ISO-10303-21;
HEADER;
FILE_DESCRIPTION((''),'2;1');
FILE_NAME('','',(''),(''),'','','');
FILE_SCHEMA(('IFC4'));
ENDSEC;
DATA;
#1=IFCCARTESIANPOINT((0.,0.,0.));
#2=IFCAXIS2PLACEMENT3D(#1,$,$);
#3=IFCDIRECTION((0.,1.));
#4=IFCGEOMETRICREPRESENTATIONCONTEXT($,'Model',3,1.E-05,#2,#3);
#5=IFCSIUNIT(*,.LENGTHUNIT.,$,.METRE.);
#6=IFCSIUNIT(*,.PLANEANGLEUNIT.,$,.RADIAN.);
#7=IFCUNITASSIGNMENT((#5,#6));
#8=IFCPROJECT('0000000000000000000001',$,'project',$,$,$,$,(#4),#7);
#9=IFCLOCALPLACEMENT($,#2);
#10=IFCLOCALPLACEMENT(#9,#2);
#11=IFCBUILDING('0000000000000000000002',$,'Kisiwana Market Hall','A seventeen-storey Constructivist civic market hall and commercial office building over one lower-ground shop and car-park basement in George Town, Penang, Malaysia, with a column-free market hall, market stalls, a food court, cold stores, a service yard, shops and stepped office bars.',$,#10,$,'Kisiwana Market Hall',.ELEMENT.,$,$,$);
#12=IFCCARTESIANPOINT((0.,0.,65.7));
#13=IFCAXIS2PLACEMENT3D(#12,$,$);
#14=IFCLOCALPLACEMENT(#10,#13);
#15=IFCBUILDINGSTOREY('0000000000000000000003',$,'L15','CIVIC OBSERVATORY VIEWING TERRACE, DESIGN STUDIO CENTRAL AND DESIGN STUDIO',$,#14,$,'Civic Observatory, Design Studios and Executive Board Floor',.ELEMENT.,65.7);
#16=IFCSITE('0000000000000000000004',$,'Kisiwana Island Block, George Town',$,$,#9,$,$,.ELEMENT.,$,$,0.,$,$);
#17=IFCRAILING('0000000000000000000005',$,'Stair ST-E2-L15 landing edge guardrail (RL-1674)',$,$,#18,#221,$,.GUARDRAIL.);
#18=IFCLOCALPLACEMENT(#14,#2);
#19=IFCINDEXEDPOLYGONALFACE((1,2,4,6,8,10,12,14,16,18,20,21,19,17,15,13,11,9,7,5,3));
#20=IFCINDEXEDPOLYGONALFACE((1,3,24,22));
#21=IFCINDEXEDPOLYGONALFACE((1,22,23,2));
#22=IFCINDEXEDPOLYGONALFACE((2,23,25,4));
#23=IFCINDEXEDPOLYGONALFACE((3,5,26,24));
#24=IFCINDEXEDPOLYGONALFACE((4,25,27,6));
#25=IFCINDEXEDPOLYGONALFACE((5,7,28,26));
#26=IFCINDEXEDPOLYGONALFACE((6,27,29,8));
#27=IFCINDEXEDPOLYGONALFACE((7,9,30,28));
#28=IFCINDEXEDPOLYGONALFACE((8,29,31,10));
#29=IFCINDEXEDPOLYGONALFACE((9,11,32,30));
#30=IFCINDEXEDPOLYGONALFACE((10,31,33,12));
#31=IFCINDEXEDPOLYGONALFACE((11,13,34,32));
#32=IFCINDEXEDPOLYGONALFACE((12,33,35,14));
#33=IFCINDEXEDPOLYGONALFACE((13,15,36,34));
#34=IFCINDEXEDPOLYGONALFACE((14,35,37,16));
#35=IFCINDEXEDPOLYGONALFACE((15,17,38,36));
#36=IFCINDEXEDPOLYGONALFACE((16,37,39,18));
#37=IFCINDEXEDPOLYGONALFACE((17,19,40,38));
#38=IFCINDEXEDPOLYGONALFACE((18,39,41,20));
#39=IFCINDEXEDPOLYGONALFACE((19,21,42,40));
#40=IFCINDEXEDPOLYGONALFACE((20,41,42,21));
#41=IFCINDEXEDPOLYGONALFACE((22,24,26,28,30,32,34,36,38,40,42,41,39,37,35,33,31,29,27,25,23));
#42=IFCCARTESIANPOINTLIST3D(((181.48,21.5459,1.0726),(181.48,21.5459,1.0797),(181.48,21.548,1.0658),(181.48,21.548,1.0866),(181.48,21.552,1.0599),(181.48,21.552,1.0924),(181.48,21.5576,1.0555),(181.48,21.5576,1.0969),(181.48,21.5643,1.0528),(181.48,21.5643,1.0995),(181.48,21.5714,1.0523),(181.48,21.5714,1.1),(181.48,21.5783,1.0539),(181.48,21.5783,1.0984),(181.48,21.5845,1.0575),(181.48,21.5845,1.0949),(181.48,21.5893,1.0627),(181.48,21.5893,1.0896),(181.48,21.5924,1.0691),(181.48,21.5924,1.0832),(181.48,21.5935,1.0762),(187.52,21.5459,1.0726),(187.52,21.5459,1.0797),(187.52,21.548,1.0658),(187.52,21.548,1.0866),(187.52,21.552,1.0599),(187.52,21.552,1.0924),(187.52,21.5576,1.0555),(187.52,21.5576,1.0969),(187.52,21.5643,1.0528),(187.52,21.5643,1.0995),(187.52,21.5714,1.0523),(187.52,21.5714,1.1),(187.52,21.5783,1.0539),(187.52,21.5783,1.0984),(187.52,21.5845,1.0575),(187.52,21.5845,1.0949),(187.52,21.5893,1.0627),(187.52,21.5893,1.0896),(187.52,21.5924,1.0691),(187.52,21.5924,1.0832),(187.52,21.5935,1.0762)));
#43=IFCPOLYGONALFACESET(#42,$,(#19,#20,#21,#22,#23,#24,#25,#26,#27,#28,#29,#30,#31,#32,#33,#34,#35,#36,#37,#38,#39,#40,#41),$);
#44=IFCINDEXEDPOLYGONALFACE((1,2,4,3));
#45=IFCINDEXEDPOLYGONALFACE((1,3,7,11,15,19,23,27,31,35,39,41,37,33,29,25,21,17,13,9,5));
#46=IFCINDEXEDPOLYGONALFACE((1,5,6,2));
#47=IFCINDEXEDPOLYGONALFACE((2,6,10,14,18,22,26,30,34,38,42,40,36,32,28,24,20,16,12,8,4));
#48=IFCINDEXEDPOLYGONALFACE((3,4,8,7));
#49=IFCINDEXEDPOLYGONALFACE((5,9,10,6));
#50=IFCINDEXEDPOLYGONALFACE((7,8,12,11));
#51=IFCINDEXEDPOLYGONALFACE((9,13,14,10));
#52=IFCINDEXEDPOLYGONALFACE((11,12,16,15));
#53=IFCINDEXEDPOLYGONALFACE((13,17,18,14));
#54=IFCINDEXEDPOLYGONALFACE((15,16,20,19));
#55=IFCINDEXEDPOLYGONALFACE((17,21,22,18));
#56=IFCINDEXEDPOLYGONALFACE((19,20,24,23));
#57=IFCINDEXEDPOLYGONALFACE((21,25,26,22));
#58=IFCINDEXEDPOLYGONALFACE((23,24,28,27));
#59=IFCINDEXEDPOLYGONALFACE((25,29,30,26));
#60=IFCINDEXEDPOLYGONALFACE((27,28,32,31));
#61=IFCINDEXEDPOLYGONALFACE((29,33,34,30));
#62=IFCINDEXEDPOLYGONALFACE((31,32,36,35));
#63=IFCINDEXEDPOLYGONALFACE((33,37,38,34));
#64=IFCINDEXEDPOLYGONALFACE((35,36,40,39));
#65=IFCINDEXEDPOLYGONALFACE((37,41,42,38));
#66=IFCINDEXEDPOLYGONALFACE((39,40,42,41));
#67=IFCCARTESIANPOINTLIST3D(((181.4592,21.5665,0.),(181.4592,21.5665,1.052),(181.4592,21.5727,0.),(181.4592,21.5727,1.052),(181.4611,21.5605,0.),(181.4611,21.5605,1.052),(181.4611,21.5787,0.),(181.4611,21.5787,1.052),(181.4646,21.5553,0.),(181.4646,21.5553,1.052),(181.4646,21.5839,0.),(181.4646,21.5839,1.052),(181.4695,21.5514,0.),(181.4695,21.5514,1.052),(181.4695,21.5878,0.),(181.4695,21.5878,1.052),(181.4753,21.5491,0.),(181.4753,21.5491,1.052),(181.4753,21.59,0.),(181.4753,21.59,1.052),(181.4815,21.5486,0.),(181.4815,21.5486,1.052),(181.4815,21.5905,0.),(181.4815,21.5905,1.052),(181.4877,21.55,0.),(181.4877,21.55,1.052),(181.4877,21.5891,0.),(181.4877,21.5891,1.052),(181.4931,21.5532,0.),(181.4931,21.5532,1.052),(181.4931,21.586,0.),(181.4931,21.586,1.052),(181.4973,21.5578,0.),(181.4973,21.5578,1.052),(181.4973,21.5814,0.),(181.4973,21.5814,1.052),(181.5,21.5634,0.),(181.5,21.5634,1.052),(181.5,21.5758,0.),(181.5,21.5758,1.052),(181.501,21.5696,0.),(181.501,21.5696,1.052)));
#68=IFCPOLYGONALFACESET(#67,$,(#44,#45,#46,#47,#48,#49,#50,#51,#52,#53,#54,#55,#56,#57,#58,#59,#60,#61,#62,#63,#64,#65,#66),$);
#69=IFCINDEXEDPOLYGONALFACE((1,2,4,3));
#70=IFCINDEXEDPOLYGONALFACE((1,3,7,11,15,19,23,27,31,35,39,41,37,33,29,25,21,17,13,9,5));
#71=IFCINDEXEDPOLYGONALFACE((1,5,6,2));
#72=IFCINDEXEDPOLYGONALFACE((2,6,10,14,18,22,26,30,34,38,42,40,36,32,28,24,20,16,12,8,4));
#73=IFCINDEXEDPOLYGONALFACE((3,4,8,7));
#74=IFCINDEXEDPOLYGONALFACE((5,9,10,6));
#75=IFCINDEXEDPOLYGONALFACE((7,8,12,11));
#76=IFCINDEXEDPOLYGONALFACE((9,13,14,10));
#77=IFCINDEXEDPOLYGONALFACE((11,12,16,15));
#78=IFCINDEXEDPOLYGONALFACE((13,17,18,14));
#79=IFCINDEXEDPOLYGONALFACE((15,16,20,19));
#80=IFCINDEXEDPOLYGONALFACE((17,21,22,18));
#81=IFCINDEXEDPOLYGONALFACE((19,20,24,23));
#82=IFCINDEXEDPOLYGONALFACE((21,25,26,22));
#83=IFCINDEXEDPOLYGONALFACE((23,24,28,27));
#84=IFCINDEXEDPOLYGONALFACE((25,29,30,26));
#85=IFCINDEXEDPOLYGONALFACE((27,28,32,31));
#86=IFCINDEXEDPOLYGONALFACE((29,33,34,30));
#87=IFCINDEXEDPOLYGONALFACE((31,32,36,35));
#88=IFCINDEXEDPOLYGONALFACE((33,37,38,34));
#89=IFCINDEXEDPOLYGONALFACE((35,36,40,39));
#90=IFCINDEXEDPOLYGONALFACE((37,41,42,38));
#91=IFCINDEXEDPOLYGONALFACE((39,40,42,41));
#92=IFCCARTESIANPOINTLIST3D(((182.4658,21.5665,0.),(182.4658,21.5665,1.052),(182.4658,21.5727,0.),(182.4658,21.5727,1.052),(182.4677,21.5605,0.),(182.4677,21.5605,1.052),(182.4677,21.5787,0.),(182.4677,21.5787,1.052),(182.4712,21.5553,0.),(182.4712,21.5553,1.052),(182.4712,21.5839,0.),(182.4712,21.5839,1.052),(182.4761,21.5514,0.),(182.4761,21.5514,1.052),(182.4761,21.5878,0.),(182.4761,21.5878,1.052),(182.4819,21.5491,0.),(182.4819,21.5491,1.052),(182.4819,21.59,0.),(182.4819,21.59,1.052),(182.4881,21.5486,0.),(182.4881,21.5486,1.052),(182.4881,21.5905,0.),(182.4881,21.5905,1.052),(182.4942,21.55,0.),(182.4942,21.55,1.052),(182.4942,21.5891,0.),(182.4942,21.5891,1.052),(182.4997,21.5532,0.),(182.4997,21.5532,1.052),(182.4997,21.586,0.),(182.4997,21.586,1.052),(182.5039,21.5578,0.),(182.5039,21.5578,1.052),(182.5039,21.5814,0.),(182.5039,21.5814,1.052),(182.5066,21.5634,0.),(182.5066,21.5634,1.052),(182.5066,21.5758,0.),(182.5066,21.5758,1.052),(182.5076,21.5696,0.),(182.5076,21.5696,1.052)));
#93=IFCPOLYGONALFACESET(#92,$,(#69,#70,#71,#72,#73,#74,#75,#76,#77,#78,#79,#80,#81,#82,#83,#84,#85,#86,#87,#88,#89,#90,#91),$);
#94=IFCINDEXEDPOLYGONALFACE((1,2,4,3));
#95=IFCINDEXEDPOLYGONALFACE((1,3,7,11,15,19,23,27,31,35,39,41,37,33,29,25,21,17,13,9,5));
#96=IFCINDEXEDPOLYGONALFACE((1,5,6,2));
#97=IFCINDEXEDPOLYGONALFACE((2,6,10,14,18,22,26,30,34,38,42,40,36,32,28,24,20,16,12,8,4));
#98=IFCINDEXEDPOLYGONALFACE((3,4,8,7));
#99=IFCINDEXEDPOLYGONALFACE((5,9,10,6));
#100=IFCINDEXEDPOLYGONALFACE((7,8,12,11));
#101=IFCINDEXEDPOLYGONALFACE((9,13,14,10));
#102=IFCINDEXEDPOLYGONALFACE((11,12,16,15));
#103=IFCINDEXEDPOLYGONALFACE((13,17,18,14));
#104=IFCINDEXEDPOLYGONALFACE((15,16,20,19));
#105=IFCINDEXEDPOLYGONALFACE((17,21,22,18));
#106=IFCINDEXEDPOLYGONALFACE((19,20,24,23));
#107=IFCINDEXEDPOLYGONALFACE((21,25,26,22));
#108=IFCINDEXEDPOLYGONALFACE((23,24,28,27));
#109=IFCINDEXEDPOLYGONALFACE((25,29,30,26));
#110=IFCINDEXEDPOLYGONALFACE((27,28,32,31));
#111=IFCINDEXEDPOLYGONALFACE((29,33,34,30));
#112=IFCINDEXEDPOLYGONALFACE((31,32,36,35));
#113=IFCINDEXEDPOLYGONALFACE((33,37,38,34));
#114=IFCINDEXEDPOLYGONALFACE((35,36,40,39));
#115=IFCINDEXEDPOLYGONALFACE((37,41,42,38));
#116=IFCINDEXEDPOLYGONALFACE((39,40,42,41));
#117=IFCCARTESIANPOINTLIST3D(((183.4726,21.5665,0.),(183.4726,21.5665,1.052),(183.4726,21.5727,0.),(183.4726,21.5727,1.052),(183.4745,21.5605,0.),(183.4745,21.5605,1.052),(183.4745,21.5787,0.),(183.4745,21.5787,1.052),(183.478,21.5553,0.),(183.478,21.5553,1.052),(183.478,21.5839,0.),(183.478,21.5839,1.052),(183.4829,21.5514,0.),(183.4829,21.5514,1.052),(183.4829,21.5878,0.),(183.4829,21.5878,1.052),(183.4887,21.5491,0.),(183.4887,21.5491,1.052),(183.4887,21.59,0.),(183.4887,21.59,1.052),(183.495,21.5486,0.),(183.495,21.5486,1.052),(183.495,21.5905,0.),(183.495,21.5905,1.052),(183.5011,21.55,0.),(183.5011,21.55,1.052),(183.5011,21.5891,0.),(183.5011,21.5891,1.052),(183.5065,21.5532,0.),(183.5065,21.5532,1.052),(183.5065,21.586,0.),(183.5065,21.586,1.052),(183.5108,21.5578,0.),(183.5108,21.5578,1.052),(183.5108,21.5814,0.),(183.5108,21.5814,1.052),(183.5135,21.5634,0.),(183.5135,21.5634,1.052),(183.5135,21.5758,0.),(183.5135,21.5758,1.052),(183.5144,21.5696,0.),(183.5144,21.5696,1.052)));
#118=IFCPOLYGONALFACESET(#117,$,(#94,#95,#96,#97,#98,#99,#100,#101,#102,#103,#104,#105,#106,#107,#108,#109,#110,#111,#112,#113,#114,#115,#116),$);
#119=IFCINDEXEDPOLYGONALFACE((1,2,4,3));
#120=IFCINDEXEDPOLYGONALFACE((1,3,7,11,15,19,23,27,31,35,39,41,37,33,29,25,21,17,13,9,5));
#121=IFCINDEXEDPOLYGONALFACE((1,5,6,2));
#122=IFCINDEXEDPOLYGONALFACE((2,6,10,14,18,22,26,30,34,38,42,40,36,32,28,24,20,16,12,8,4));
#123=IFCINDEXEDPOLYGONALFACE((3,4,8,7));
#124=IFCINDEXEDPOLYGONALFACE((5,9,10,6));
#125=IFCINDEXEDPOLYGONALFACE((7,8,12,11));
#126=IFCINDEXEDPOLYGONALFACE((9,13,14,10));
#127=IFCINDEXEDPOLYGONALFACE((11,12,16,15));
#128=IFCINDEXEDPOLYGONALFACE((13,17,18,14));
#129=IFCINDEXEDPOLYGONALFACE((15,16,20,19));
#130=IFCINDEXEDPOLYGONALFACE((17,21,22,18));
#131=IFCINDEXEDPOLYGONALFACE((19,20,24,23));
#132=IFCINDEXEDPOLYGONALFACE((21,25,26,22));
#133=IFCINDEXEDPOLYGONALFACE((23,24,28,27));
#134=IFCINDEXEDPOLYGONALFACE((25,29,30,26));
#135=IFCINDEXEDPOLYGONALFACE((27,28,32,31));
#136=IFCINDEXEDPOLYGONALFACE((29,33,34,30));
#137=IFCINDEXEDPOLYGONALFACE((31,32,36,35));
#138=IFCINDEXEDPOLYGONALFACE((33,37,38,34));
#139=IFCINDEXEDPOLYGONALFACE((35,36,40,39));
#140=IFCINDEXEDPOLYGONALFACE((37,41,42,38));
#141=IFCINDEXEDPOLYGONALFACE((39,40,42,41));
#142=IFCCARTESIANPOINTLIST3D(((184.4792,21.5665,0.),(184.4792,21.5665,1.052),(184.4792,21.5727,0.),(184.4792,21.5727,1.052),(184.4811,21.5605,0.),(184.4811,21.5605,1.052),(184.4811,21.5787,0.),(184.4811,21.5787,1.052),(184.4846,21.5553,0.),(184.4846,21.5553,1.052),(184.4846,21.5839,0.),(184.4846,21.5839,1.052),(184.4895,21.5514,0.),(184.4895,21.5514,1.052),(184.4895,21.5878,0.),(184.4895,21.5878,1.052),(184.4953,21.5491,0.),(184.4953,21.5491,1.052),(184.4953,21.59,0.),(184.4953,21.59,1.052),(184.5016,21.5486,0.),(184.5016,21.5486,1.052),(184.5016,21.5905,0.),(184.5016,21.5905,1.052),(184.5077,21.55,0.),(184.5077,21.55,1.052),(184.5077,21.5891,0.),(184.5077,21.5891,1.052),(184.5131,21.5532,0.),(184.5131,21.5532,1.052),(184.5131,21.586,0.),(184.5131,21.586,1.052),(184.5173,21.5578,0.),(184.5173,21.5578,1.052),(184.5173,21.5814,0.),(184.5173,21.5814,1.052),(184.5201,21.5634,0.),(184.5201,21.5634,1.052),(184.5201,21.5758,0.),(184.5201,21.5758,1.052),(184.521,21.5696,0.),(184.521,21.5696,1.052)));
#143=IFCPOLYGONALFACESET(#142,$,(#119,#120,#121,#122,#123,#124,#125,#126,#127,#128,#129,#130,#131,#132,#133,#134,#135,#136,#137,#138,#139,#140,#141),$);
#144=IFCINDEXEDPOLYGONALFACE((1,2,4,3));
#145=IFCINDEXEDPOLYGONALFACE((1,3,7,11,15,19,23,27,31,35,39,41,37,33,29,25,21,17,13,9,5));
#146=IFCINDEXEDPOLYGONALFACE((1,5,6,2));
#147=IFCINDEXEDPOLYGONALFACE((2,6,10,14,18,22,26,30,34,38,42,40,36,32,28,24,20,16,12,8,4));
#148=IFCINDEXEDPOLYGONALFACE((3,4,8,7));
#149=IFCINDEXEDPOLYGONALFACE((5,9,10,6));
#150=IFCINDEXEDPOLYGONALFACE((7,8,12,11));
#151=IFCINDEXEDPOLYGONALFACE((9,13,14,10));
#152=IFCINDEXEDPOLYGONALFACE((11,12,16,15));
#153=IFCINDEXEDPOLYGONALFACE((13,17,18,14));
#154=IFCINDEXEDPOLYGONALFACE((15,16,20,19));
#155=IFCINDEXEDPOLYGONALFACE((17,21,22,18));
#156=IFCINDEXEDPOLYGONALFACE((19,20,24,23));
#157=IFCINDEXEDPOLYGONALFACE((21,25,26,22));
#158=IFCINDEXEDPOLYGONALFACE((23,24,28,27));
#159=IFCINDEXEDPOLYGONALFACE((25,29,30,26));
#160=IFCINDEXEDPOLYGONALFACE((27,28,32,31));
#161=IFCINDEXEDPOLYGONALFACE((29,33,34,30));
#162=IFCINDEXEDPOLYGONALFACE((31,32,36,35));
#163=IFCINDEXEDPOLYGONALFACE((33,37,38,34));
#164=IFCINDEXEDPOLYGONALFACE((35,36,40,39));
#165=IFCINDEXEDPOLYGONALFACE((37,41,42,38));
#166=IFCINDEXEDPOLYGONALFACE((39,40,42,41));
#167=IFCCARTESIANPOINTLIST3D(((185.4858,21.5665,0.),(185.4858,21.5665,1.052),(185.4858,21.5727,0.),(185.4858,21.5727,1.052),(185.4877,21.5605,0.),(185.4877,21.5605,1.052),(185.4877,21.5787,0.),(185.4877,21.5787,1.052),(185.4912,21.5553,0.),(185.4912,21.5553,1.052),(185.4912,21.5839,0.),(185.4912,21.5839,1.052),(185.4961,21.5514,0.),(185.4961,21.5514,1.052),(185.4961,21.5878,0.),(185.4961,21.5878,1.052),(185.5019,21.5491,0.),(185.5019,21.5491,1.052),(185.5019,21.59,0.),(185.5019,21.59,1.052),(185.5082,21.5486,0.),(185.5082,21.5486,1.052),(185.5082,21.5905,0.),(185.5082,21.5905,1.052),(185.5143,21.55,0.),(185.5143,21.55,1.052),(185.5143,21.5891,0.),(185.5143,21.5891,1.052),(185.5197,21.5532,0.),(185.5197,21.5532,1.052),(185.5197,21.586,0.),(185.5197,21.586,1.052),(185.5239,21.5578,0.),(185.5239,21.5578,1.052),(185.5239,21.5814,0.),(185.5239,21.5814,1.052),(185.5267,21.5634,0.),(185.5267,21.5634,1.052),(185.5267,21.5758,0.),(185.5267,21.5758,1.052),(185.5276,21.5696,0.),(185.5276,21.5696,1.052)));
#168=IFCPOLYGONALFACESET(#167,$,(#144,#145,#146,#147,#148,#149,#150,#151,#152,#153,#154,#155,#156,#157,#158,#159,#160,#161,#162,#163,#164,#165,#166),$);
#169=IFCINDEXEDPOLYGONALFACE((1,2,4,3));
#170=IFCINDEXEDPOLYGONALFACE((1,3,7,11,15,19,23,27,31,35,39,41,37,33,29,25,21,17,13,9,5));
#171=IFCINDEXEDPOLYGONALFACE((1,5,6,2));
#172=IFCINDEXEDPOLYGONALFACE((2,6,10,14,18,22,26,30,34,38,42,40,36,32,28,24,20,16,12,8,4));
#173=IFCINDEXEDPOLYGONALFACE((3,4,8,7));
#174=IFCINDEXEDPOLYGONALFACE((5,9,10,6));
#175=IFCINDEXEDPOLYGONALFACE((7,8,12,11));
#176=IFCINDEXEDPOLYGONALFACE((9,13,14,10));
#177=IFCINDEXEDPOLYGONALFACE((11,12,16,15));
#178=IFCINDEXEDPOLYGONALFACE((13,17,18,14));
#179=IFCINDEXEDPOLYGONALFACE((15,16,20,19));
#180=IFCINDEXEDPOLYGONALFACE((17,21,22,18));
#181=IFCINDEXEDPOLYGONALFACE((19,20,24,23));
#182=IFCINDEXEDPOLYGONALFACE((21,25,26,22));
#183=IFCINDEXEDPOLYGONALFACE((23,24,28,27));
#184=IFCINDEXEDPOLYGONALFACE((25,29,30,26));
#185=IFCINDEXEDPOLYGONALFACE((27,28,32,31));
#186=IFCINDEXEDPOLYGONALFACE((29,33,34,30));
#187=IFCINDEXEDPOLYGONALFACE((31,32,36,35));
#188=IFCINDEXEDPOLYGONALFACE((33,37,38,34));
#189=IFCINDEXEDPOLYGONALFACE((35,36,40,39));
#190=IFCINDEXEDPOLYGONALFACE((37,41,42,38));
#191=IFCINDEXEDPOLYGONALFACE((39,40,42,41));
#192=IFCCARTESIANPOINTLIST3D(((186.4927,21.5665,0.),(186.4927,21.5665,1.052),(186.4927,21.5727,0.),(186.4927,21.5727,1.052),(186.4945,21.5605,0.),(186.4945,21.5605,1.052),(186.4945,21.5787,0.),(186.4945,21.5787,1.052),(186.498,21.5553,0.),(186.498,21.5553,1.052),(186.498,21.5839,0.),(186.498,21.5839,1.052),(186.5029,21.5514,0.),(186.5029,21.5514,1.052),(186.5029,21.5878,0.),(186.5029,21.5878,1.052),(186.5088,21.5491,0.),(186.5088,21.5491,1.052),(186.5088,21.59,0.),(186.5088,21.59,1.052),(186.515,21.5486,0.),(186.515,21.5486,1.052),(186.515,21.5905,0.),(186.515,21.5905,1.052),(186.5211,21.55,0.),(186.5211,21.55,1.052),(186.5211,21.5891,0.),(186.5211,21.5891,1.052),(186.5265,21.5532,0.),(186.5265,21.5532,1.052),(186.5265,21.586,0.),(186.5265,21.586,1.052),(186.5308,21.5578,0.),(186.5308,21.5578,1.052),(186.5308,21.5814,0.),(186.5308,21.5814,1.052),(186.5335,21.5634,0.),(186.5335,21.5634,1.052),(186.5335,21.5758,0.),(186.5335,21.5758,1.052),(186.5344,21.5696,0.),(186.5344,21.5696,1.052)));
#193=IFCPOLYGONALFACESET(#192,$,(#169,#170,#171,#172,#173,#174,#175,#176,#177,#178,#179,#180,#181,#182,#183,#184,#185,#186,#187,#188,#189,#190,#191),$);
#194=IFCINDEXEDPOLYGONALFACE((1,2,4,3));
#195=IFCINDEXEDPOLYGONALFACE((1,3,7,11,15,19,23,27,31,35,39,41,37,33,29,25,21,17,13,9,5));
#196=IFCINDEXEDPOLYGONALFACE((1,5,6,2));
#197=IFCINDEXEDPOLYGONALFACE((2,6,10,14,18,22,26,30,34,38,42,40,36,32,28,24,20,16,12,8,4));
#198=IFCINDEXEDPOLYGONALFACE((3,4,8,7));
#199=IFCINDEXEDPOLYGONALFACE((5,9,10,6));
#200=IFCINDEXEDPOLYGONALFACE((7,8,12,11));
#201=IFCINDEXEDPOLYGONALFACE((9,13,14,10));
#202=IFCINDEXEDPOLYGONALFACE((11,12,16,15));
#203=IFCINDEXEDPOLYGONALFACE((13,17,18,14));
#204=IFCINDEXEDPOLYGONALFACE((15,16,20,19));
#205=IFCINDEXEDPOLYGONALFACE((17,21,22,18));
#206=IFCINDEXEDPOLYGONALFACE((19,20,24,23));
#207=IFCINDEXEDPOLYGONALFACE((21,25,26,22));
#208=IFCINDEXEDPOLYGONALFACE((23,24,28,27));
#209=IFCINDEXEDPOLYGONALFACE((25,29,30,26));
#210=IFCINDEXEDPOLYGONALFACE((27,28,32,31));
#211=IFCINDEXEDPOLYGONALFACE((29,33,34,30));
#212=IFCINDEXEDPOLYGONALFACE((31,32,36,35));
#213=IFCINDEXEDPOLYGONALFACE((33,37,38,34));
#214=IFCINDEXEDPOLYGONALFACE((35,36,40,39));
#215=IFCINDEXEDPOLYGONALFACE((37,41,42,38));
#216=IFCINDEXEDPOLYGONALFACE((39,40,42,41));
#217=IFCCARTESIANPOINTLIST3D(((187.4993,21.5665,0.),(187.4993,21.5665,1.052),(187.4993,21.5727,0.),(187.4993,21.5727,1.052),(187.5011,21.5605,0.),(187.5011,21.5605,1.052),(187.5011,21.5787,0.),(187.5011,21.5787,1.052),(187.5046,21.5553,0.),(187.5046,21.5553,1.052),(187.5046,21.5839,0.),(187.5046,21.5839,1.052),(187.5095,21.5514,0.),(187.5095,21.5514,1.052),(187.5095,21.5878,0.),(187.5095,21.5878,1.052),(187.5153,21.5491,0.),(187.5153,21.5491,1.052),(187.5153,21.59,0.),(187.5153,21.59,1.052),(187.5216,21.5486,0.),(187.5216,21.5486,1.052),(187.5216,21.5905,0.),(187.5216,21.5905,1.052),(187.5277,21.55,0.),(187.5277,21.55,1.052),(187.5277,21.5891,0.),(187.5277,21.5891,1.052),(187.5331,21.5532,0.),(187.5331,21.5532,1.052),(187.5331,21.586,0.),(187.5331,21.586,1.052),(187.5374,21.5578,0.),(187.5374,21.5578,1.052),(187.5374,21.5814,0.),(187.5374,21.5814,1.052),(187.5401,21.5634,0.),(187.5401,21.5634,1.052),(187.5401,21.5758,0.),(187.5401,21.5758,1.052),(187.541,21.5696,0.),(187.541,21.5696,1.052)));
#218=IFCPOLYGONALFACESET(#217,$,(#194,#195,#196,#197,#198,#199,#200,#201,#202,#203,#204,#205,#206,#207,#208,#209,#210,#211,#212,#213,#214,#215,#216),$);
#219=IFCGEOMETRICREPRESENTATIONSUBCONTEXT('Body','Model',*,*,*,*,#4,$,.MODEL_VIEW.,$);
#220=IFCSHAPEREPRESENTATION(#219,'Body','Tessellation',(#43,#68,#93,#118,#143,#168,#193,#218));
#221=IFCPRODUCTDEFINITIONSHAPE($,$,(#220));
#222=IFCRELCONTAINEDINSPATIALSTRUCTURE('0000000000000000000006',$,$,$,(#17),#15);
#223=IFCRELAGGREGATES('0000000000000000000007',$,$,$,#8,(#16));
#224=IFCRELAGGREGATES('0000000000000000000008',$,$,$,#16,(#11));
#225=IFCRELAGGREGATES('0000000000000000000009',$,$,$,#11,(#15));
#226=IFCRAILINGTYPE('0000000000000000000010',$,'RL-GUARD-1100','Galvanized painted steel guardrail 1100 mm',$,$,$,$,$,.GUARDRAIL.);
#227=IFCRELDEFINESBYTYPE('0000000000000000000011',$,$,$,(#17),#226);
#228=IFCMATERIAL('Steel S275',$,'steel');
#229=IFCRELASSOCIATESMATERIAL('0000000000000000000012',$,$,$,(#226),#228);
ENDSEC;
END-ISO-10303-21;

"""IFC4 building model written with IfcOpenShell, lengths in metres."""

from ifc_helpers import new_model, si_unit, direction, frame, origin, origin_2d, place, context, subcontext, project, spatial, circle, extrude, material, type_object, element, save


model = new_model("IFC4")

# Units and contexts
model_context = context("Model", 3, precision=1e-05, world=origin(), true_north=direction((0.0, 1.0)))
body_context = subcontext(model_context, "Body", "Model", "MODEL_VIEW")
ifc_project = project(units=[si_unit("LENGTHUNIT", "METRE"), si_unit("PLANEANGLEUNIT", "RADIAN")], contexts=[model_context])

# Site, building, storey
site_placement = place(None, origin())
site = spatial("IfcSite", under=ifc_project, at=site_placement, Name="Kisiwana Island Block, George Town", CompositionType="ELEMENT", RefElevation=0.0)
building_placement = place(site_placement, origin())
building = spatial("IfcBuilding", under=site, at=building_placement, Name="Kisiwana Market Hall", Description="A seventeen-storey Constructivist civic market hall and commercial office building over one lower-ground shop and car-park basement in George Town, Penang, Malaysia, with a column-free market hall, market stalls, a food court, cold stores, a service yard, shops and stepped office bars.", LongName="Kisiwana Market Hall", CompositionType="ELEMENT")
storey_placement = place(building_placement, frame((0.0, 0.0, 65.7)))
storey = spatial("IfcBuildingStorey", under=building, at=storey_placement, Name="L15", Description="CIVIC OBSERVATORY VIEWING TERRACE, DESIGN STUDIO CENTRAL AND DESIGN STUDIO", LongName="Civic Observatory, Design Studios and Executive Board Floor", CompositionType="ELEMENT", Elevation=65.7)

# Railing
ifc_material_1 = material(Name="Steel S275", Category="steel")
railing_type_1 = type_object("IfcRailingType", Name="RL-GUARD-1100", Description="Galvanized painted steel guardrail 1100 mm", PredefinedType="GUARDRAIL", material=ifc_material_1)
railing_1_placement = place(storey_placement, frame((181.48, 21.5696, 0.0)))
element("IfcRailing", 1, at=railing_1_placement, inside=storey, type_object=railing_type_1, Name="Stair ST-E2-L15 landing edge guardrail (RL-1674)", PredefinedType="GUARDRAIL", context=body_context, shape_type="SweptSolid", body=[
    extrude(circle(Radius=0.0239, at=origin_2d()), frame((0.0, 0.0, 1.0762), z_axis=(1.0, 0.0, 0.0), x_axis=(0.0, 1.0, 0.0)), (0.0, 0.0, 1.0), 6.04),
    extrude(circle(Radius=0.021, at=origin_2d()), origin(), (0.0, 0.0, 1.0), 1.052),
    extrude(circle(Radius=0.021, at=origin_2d()), frame((1.0066, 0.0, 0.0)), (0.0, 0.0, 1.0), 1.052),
    extrude(circle(Radius=0.021, at=origin_2d()), frame((2.0134, 0.0, 0.0)), (0.0, 0.0, 1.0), 1.052),
    extrude(circle(Radius=0.021, at=origin_2d()), frame((3.02, 0.0, 0.0)), (0.0, 0.0, 1.0), 1.052),
    extrude(circle(Radius=0.021, at=origin_2d()), frame((4.0266, 0.0, 0.0)), (0.0, 0.0, 1.0), 1.052),
    extrude(circle(Radius=0.021, at=origin_2d()), frame((5.0334, 0.0, 0.0)), (0.0, 0.0, 1.0), 1.052),
    extrude(circle(Radius=0.021, at=origin_2d()), frame((6.04, 0.0, 0.0)), (0.0, 0.0, 1.0), 1.052),
])

save(model, "model.ifc")
